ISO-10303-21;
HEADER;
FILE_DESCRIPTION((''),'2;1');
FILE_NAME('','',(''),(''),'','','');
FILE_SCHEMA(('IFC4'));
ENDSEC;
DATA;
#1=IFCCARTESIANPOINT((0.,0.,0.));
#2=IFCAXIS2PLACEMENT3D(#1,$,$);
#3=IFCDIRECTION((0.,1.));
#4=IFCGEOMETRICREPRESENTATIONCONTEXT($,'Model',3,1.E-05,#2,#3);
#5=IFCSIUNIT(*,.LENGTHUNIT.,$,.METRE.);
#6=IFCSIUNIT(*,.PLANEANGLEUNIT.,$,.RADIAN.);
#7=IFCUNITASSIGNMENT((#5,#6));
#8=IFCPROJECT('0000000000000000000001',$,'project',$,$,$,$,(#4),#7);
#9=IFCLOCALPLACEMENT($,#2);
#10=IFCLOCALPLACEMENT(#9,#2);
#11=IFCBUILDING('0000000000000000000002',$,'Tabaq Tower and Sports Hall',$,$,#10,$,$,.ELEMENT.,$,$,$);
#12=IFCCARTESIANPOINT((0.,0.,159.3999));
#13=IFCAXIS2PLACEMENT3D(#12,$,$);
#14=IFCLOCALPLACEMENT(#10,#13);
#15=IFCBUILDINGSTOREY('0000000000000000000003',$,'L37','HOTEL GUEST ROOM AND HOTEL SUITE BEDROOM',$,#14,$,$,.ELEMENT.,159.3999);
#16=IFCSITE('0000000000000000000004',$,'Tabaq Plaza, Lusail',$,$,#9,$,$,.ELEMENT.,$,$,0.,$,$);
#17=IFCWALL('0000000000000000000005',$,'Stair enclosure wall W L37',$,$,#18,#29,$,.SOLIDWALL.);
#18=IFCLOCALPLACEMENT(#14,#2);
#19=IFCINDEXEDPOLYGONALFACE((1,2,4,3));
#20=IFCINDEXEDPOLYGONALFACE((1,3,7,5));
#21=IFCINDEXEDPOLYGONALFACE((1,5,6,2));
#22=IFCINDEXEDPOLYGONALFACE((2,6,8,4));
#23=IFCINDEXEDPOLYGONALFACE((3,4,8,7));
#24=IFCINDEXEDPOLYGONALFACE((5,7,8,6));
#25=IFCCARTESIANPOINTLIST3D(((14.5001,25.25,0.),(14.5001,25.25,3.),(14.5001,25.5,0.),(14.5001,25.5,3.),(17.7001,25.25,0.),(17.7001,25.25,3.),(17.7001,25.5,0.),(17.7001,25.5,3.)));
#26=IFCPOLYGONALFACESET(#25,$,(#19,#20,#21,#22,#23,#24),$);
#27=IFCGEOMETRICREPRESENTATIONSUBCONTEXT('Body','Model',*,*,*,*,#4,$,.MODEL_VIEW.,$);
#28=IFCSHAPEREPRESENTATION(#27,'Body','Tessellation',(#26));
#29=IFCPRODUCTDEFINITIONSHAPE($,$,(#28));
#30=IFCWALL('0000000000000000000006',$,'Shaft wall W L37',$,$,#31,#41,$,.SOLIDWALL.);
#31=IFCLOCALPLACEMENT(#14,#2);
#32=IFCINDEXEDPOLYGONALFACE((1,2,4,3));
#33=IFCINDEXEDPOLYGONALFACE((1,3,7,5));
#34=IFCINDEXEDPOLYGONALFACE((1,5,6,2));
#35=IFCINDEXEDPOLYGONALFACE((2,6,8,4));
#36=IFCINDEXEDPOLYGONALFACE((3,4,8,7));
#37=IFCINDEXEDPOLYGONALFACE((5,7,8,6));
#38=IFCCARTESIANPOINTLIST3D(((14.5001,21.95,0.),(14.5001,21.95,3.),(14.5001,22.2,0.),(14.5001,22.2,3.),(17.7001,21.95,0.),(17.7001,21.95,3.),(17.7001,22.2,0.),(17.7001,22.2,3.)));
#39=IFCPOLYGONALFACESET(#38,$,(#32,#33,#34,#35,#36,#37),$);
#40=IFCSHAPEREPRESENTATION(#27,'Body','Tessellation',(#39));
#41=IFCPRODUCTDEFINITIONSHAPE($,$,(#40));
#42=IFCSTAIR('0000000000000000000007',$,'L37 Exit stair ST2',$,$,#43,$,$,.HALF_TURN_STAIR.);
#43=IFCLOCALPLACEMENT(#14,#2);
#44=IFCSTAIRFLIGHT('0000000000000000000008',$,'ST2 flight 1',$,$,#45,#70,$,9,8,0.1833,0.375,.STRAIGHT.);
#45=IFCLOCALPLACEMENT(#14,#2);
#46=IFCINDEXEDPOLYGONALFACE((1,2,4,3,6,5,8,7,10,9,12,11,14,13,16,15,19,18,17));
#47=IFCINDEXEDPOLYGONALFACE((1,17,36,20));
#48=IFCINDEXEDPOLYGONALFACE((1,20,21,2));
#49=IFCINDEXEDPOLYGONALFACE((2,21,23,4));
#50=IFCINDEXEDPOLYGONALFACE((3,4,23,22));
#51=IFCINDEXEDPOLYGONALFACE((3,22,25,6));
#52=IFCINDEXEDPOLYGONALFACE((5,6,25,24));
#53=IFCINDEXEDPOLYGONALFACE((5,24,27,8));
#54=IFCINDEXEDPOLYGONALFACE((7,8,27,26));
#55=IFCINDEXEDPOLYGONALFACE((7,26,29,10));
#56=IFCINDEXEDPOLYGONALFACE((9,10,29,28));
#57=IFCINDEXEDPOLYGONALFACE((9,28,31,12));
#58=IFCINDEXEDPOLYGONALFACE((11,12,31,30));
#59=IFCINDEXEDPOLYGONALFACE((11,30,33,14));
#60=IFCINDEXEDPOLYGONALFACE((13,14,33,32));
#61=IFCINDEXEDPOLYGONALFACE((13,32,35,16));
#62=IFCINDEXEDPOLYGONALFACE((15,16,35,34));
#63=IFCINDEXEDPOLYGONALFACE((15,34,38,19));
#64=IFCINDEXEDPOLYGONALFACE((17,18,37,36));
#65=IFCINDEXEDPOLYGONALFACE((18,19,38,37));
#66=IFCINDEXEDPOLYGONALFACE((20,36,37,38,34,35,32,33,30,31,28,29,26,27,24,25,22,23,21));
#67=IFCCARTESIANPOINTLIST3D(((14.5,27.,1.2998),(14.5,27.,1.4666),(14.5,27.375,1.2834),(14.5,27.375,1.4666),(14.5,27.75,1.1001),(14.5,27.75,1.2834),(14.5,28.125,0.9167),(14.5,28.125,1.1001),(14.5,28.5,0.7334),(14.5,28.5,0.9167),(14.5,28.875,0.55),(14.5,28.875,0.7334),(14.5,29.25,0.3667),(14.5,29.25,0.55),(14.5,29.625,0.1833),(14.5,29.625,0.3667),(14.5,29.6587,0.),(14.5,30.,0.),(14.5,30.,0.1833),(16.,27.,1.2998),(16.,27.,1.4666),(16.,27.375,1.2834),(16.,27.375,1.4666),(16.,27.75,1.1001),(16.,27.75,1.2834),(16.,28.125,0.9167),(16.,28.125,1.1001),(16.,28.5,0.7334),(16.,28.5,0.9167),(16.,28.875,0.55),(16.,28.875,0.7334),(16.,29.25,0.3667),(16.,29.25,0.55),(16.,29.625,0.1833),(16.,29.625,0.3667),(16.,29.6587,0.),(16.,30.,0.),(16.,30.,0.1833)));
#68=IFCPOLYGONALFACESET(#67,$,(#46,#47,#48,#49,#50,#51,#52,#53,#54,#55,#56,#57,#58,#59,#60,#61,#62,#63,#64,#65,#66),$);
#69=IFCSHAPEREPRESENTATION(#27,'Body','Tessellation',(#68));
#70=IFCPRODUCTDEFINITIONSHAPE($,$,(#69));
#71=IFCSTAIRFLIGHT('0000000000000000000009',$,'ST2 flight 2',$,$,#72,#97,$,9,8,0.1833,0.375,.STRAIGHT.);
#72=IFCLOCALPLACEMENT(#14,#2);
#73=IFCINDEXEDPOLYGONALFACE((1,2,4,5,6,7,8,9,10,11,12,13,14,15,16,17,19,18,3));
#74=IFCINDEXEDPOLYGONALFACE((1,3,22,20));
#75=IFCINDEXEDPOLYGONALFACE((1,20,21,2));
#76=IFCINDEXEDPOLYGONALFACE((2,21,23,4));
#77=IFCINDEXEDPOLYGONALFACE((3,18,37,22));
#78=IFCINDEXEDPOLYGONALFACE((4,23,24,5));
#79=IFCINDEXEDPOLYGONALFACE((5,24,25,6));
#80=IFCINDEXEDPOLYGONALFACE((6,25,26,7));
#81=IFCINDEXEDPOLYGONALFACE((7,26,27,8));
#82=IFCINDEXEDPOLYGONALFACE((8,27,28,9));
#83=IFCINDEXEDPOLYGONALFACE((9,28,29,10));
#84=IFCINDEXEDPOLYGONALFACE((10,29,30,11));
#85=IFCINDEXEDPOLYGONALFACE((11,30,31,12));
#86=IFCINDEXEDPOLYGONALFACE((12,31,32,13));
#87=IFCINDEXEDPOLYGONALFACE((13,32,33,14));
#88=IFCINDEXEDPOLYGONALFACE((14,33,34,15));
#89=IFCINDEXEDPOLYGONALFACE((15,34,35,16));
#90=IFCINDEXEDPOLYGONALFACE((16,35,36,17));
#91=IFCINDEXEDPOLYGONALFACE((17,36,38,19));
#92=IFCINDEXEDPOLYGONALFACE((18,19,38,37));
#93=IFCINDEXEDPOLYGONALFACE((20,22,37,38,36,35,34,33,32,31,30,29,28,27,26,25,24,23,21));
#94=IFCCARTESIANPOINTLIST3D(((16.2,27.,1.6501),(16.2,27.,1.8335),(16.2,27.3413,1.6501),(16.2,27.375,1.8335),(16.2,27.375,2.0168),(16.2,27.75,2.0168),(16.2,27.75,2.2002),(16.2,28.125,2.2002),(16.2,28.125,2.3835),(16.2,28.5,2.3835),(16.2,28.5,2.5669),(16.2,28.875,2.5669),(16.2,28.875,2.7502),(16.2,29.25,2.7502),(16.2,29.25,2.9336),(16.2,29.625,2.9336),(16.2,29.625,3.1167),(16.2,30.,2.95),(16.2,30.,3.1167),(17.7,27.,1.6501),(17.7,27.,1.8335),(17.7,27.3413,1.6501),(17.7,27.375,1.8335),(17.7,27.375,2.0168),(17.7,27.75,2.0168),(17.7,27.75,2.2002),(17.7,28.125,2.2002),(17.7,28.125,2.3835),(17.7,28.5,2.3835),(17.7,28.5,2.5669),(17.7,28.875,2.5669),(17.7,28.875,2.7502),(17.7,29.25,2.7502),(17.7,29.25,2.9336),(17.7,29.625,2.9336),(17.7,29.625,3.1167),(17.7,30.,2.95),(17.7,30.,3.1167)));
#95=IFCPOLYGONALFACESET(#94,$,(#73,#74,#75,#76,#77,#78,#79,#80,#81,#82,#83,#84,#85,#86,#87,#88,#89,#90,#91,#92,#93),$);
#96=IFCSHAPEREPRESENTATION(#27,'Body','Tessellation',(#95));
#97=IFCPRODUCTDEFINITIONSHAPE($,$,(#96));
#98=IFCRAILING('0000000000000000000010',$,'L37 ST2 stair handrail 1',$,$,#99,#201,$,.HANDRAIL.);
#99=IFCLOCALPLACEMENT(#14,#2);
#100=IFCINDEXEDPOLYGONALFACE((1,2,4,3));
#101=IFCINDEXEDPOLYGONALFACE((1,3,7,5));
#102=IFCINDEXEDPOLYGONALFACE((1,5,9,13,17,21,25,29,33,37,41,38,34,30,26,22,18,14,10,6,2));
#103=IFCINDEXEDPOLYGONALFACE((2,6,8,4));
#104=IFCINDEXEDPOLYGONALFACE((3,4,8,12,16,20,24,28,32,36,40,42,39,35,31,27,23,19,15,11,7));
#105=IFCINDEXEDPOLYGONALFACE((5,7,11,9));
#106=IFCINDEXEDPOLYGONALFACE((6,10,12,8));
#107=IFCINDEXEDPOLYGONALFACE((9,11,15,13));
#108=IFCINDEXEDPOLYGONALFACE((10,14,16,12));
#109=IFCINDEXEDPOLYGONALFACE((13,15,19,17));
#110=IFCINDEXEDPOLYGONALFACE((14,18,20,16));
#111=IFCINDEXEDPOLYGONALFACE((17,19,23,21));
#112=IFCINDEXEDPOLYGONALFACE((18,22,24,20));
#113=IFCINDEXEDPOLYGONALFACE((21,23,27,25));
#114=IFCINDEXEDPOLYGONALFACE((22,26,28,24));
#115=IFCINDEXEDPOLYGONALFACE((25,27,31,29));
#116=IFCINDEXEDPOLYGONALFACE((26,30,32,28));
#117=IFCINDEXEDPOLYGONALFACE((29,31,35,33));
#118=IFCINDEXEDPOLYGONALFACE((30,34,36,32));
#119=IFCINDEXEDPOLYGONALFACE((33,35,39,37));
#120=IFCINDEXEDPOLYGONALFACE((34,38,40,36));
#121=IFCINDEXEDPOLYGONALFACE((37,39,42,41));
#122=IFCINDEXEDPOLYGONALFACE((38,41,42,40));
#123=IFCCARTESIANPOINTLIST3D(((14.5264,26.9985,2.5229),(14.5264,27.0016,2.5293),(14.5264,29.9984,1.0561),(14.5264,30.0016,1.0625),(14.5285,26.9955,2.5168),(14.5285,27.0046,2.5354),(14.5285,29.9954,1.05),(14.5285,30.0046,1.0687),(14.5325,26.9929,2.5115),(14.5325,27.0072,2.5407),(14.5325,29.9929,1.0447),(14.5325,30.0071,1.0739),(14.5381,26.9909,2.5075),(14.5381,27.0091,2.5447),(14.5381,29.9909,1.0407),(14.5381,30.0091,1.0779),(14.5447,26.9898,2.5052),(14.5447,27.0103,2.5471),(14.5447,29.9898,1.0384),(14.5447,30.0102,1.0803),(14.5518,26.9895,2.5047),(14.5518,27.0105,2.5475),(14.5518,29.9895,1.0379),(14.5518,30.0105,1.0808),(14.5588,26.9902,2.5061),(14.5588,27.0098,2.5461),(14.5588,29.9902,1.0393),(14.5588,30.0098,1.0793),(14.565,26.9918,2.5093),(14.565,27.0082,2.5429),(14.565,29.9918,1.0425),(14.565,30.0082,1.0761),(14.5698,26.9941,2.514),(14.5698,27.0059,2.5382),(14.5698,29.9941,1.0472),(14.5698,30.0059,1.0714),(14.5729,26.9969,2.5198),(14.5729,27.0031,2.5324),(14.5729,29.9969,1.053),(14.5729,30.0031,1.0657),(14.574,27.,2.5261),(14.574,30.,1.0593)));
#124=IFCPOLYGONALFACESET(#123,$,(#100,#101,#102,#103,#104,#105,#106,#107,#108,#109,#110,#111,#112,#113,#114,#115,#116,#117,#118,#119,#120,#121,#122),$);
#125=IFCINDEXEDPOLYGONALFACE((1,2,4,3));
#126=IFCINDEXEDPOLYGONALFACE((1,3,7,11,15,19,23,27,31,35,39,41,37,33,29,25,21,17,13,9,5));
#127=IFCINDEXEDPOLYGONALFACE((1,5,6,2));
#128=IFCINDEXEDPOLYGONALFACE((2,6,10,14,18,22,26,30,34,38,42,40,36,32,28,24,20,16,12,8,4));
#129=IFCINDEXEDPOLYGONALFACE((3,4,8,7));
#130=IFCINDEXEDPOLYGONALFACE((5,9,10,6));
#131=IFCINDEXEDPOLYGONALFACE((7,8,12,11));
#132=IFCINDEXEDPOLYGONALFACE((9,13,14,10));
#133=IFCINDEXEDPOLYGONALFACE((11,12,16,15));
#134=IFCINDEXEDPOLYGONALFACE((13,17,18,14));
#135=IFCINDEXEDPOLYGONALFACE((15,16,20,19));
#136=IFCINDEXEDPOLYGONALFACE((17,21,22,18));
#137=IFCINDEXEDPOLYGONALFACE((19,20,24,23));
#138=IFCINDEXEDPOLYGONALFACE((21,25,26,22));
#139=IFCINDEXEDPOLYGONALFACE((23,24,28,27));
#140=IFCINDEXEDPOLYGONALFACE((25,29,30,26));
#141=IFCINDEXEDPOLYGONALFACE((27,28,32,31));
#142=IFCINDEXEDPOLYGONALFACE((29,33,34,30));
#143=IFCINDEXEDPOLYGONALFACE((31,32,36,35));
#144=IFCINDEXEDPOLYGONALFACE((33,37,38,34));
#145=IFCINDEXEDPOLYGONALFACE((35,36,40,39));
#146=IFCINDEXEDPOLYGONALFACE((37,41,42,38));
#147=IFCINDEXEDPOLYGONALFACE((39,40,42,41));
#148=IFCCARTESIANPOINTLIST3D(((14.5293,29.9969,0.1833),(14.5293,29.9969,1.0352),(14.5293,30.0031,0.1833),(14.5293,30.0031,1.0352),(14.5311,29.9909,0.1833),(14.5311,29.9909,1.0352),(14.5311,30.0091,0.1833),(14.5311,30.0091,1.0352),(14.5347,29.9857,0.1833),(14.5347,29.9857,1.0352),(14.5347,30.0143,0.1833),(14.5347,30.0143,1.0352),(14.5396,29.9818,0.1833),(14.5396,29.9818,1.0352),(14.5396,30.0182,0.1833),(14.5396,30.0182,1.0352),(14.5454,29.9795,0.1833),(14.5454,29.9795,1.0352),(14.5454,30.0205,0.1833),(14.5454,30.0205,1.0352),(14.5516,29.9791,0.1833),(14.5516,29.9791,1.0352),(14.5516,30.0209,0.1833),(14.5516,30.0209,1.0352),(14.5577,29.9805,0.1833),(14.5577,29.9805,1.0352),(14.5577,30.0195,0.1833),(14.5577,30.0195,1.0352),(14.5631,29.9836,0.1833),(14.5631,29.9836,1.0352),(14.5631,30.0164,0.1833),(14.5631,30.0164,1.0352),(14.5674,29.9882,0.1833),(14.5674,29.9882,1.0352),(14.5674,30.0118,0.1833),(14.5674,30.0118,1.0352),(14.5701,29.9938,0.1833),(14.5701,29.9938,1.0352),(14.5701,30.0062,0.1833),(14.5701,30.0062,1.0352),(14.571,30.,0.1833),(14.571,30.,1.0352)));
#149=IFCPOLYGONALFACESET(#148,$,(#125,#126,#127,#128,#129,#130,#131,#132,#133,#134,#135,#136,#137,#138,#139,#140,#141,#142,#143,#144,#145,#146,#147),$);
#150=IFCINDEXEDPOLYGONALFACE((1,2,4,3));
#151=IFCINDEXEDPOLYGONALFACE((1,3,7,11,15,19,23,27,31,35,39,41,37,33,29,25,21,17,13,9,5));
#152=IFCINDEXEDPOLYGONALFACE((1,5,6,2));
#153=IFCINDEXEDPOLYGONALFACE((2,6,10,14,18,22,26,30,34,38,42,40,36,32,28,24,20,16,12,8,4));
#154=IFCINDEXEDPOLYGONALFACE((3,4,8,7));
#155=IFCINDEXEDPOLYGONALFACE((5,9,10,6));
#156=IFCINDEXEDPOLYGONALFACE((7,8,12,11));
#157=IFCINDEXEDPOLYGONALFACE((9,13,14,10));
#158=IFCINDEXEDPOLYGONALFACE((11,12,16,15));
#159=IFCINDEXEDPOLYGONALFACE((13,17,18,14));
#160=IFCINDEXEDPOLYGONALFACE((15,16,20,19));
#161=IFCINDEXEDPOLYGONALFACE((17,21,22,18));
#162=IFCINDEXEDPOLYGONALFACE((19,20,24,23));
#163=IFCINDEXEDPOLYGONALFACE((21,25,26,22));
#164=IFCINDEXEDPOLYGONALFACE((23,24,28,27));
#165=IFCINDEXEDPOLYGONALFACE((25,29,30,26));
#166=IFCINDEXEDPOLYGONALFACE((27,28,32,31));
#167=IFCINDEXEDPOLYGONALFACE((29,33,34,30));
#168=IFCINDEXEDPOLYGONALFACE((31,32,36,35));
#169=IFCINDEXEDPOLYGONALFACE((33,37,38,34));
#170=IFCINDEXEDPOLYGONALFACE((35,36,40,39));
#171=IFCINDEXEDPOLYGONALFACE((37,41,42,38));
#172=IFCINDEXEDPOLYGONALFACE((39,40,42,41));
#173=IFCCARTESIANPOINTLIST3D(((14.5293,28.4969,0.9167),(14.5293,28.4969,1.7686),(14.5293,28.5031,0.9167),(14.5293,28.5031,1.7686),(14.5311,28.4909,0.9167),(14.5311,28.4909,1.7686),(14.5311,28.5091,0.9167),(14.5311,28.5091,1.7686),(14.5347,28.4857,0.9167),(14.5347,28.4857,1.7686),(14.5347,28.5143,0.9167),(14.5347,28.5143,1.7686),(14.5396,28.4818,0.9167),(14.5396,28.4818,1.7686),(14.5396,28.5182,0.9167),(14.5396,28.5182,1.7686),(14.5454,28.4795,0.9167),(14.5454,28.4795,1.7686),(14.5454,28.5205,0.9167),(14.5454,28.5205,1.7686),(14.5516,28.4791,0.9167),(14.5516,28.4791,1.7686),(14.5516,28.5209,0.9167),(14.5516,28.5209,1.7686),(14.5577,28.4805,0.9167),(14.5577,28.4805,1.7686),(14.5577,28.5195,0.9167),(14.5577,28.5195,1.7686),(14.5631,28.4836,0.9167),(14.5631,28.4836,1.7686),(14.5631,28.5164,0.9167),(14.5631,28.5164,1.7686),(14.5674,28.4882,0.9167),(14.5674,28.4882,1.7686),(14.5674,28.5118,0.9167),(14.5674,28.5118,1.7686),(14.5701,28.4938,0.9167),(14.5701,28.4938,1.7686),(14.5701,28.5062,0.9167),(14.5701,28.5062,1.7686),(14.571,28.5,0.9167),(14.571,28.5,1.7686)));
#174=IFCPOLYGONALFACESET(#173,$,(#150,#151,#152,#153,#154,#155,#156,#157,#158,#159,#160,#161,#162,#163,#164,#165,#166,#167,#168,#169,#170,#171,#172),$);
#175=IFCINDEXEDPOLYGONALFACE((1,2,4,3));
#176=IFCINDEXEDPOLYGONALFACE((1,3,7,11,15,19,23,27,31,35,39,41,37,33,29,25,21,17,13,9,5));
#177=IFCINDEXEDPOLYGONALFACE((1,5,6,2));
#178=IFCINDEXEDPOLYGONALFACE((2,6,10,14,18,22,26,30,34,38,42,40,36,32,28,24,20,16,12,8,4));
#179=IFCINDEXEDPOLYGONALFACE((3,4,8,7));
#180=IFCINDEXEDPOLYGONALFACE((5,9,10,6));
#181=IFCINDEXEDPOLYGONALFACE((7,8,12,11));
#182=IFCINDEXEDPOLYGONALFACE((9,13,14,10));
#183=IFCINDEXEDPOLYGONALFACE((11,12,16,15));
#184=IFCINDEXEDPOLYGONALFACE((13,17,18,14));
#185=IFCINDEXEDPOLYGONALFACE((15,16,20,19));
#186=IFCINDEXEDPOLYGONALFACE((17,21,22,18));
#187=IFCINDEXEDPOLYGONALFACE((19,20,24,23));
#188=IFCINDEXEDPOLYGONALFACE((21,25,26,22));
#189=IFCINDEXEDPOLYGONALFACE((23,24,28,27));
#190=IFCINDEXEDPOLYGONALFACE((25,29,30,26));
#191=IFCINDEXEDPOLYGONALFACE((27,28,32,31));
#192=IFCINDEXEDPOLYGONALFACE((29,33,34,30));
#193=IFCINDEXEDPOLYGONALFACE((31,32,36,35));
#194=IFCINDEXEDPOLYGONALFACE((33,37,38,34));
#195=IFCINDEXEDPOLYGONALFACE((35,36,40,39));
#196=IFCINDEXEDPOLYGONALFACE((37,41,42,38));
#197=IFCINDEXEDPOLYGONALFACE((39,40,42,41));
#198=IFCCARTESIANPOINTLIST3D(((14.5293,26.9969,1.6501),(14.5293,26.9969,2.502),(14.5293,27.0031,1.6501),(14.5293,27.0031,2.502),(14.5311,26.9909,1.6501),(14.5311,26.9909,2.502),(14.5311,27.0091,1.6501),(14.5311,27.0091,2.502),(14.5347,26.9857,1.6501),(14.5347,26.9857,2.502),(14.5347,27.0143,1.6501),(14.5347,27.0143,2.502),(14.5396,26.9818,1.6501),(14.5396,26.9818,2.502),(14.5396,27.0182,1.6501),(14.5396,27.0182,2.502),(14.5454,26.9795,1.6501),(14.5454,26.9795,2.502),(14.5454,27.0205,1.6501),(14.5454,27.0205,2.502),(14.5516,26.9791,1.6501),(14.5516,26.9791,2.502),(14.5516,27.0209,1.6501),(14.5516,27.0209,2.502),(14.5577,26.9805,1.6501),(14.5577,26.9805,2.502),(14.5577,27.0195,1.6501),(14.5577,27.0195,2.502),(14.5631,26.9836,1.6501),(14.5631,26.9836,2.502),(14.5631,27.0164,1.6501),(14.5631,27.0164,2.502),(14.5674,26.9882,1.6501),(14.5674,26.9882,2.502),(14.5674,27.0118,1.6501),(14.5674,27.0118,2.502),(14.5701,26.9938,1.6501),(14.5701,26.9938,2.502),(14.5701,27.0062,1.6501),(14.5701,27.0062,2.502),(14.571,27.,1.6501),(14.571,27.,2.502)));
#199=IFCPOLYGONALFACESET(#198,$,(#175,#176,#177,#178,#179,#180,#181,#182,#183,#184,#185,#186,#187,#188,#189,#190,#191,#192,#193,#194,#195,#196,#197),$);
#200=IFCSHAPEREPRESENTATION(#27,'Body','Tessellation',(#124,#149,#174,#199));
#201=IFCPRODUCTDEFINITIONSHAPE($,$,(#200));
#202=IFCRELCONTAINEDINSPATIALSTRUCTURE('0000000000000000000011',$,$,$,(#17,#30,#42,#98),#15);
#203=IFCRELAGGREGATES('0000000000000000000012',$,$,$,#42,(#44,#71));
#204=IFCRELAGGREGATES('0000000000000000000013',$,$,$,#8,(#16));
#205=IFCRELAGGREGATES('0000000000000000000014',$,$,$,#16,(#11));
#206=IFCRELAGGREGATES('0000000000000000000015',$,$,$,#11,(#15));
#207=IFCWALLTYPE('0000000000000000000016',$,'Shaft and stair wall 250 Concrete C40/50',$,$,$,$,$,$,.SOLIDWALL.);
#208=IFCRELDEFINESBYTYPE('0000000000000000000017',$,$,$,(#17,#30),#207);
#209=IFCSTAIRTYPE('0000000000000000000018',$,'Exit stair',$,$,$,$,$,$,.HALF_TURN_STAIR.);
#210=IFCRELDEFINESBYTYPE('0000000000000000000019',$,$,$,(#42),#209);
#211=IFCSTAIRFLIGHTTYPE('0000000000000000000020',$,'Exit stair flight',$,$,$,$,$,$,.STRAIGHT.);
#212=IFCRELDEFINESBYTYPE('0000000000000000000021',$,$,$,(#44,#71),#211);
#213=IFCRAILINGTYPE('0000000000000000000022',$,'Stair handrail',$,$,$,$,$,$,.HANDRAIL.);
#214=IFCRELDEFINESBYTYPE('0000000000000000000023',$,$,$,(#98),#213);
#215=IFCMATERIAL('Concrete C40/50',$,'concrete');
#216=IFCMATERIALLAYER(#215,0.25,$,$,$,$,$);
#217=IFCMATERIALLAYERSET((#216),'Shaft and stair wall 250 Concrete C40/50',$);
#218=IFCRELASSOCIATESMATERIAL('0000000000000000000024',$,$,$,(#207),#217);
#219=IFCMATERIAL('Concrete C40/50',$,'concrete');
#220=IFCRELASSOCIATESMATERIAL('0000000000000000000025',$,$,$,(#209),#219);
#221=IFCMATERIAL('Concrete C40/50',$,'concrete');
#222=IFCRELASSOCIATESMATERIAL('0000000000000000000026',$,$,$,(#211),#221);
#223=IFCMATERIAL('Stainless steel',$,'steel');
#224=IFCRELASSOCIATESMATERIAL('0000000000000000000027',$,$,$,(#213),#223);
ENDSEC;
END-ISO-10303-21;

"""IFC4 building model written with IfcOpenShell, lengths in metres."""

from ifc_helpers import new_model, si_unit, direction, frame, frame_2d, origin, origin_2d, place, context, subcontext, project, spatial, polyline, rectangle, circle, outline, extrude, material, layer, layer_set, type_object, element, aggregate, save


model = new_model("IFC4")

# Units and contexts
model_context = context("Model", 3, precision=1e-05, world=origin(), true_north=direction((0.0, 1.0)))
body_context = subcontext(model_context, "Body", "Model", "MODEL_VIEW")
ifc_project = project(units=[si_unit("LENGTHUNIT", "METRE"), si_unit("PLANEANGLEUNIT", "RADIAN")], contexts=[model_context])

# Site, building, storey
site_placement = place(None, origin())
site = spatial("IfcSite", under=ifc_project, at=site_placement, Name="Tabaq Plaza, Lusail", CompositionType="ELEMENT", RefElevation=0.0)
building_placement = place(site_placement, origin())
building = spatial("IfcBuilding", under=site, at=building_placement, Name="Tabaq Tower and Sports Hall", CompositionType="ELEMENT")
storey_placement = place(building_placement, frame((0.0, 0.0, 159.3999)))
storey = spatial("IfcBuildingStorey", under=building, at=storey_placement, Name="L37", Description="HOTEL GUEST ROOM AND HOTEL SUITE BEDROOM", CompositionType="ELEMENT", Elevation=159.3999)

# Walls
ifc_material_1 = material(Name="Concrete C40/50", Category="concrete")
ifc_layer_1 = layer(ifc_material_1, 0.25)
ifc_layer_set_1 = layer_set([ifc_layer_1], Name="Shaft and stair wall 250 Concrete C40/50")
wall_type_1 = type_object("IfcWallType", Name="Shaft and stair wall 250 Concrete C40/50", PredefinedType="SOLIDWALL", material=ifc_layer_set_1)
for number, where, z_axis, x_axis, name in (
    (1, (14.5, 25.375, 0.0), (0.0, 0.0, 1.0), (1.0, 0.0, 0.0), "Stair enclosure wall W L37"),
    (2, (14.5, 22.075, 0.0), (0.0, 0.0, 1.0), (1.0, 0.0, 0.0), "Shaft wall W L37"),
):
    element("IfcWall", number, at=place(storey_placement, frame(where, z_axis=z_axis, x_axis=x_axis)), inside=storey, type_object=wall_type_1, Name=name, PredefinedType="SOLIDWALL", context=body_context, shape_type="SweptSolid", body=[
        extrude(rectangle(XDim=3.2, YDim=0.25, at=frame_2d((1.6001, 0.0))), origin(), (0.0, 0.0, 1.0), 3.0),
    ])

# Stair, stair flights
ifc_material_2 = material(Name="Concrete C40/50", Category="concrete")
stair_type = type_object("IfcStairType", Name="Exit stair", PredefinedType="HALF_TURN_STAIR", material=ifc_material_2)
stair_placement = place(storey_placement, origin())
stair = element("IfcStair", 3, at=stair_placement, inside=storey, type_object=stair_type, Name="L37 Exit stair ST2", PredefinedType="HALF_TURN_STAIR")
ifc_material_3 = material(Name="Concrete C40/50", Category="concrete")
stair_flight_type = type_object("IfcStairFlightType", Name="Exit stair flight", PredefinedType="STRAIGHT", material=ifc_material_3)
stair_flight_1_placement = place(storey_placement, frame((15.25, 30.0, 0.0), z_axis=(0.0, 0.0, 1.0), x_axis=(0.0, -1.0, 0.0)))
stair_flight_1 = element("IfcStairFlight", 4, at=stair_flight_1_placement, type_object=stair_flight_type, Name="ST2 flight 1", NumberOfRisers=9, NumberOfTreads=8, PredefinedType="STRAIGHT", RiserHeight=0.1833, TreadLength=0.375, context=body_context, shape_type="SweptSolid", body=[
    extrude(outline(polyline([(0.0, 0.0), (0.0, 0.1833), (0.375, 0.1833), (0.375, 0.3667), (0.75, 0.3667), (0.75, 0.55), (1.125, 0.55), (1.125, 0.7334), (1.5, 0.7334), (1.5, 0.9167), (1.875, 0.9167), (1.875, 1.1001), (2.25, 1.1001), (2.25, 1.2834), (2.625, 1.2834), (2.625, 1.4666), (3.0, 1.4666), (3.0, 1.6499), (3.0, 1.2998), (0.3413, 0.0), (0.0, 0.0)])), frame((0.0, 0.75, 0.0), z_axis=(0.0, -1.0, 0.0), x_axis=(1.0, 0.0, 0.0)), (0.0, 0.0, 1.0), 1.5),
])
stair_flight_2_placement = place(storey_placement, frame((16.95, 27.0, 1.6501), z_axis=(0.0, 0.0, 1.0), x_axis=(0.0, 1.0, 0.0)))
stair_flight_2 = element("IfcStairFlight", 5, at=stair_flight_2_placement, type_object=stair_flight_type, Name="ST2 flight 2", NumberOfRisers=9, NumberOfTreads=8, PredefinedType="STRAIGHT", RiserHeight=0.1833, TreadLength=0.375, context=body_context, shape_type="SweptSolid", body=[
    extrude(outline(polyline([(0.0, 0.0), (0.0, 0.1833), (0.375, 0.1833), (0.375, 0.3667), (0.75, 0.3667), (0.75, 0.55), (1.125, 0.55), (1.125, 0.7334), (1.5, 0.7334), (1.5, 0.9167), (1.875, 0.9167), (1.875, 1.1001), (2.25, 1.1001), (2.25, 1.2834), (2.625, 1.2834), (2.625, 1.4666), (3.0, 1.4666), (3.0, 1.6499), (3.0, 1.2998), (0.3413, 0.0), (0.0, 0.0)])), frame((0.0, 0.75, 0.0), z_axis=(0.0, -1.0, 0.0), x_axis=(1.0, 0.0, 0.0)), (0.0, 0.0, 1.0), 1.5),
])
aggregate(stair, [stair_flight_1, stair_flight_2])

# Railing
ifc_material_4 = material(Name="Stainless steel", Category="steel")
railing_type_1 = type_object("IfcRailingType", Name="Stair handrail", PredefinedType="HANDRAIL", material=ifc_material_4)
railing_1_placement = place(storey_placement, frame((14.55, 30.0, 0.1833)))
element("IfcRailing", 6, at=railing_1_placement, inside=storey, type_object=railing_type_1, Name="L37 ST2 stair handrail 1", PredefinedType="HANDRAIL", context=body_context, shape_type="SweptSolid", body=[
    extrude(circle(Radius=0.0239, at=origin_2d()), frame((0.0, 0.0, 0.876), z_axis=(0.0, -0.898369, 0.439242), x_axis=(1.0, 0.0, 0.0)), (0.0, 0.0, 1.0), 3.3394),
    extrude(circle(Radius=0.021, at=origin_2d()), origin(), (0.0, 0.0, 1.0), 0.8518),
    extrude(circle(Radius=0.021, at=origin_2d()), frame((0.0, -1.5, 0.7334)), (0.0, 0.0, 1.0), 0.8518),
    extrude(circle(Radius=0.021, at=origin_2d()), frame((0.0, -3.0, 1.4668)), (0.0, 0.0, 1.0), 0.8518),
])

save(model, "model.ifc")
